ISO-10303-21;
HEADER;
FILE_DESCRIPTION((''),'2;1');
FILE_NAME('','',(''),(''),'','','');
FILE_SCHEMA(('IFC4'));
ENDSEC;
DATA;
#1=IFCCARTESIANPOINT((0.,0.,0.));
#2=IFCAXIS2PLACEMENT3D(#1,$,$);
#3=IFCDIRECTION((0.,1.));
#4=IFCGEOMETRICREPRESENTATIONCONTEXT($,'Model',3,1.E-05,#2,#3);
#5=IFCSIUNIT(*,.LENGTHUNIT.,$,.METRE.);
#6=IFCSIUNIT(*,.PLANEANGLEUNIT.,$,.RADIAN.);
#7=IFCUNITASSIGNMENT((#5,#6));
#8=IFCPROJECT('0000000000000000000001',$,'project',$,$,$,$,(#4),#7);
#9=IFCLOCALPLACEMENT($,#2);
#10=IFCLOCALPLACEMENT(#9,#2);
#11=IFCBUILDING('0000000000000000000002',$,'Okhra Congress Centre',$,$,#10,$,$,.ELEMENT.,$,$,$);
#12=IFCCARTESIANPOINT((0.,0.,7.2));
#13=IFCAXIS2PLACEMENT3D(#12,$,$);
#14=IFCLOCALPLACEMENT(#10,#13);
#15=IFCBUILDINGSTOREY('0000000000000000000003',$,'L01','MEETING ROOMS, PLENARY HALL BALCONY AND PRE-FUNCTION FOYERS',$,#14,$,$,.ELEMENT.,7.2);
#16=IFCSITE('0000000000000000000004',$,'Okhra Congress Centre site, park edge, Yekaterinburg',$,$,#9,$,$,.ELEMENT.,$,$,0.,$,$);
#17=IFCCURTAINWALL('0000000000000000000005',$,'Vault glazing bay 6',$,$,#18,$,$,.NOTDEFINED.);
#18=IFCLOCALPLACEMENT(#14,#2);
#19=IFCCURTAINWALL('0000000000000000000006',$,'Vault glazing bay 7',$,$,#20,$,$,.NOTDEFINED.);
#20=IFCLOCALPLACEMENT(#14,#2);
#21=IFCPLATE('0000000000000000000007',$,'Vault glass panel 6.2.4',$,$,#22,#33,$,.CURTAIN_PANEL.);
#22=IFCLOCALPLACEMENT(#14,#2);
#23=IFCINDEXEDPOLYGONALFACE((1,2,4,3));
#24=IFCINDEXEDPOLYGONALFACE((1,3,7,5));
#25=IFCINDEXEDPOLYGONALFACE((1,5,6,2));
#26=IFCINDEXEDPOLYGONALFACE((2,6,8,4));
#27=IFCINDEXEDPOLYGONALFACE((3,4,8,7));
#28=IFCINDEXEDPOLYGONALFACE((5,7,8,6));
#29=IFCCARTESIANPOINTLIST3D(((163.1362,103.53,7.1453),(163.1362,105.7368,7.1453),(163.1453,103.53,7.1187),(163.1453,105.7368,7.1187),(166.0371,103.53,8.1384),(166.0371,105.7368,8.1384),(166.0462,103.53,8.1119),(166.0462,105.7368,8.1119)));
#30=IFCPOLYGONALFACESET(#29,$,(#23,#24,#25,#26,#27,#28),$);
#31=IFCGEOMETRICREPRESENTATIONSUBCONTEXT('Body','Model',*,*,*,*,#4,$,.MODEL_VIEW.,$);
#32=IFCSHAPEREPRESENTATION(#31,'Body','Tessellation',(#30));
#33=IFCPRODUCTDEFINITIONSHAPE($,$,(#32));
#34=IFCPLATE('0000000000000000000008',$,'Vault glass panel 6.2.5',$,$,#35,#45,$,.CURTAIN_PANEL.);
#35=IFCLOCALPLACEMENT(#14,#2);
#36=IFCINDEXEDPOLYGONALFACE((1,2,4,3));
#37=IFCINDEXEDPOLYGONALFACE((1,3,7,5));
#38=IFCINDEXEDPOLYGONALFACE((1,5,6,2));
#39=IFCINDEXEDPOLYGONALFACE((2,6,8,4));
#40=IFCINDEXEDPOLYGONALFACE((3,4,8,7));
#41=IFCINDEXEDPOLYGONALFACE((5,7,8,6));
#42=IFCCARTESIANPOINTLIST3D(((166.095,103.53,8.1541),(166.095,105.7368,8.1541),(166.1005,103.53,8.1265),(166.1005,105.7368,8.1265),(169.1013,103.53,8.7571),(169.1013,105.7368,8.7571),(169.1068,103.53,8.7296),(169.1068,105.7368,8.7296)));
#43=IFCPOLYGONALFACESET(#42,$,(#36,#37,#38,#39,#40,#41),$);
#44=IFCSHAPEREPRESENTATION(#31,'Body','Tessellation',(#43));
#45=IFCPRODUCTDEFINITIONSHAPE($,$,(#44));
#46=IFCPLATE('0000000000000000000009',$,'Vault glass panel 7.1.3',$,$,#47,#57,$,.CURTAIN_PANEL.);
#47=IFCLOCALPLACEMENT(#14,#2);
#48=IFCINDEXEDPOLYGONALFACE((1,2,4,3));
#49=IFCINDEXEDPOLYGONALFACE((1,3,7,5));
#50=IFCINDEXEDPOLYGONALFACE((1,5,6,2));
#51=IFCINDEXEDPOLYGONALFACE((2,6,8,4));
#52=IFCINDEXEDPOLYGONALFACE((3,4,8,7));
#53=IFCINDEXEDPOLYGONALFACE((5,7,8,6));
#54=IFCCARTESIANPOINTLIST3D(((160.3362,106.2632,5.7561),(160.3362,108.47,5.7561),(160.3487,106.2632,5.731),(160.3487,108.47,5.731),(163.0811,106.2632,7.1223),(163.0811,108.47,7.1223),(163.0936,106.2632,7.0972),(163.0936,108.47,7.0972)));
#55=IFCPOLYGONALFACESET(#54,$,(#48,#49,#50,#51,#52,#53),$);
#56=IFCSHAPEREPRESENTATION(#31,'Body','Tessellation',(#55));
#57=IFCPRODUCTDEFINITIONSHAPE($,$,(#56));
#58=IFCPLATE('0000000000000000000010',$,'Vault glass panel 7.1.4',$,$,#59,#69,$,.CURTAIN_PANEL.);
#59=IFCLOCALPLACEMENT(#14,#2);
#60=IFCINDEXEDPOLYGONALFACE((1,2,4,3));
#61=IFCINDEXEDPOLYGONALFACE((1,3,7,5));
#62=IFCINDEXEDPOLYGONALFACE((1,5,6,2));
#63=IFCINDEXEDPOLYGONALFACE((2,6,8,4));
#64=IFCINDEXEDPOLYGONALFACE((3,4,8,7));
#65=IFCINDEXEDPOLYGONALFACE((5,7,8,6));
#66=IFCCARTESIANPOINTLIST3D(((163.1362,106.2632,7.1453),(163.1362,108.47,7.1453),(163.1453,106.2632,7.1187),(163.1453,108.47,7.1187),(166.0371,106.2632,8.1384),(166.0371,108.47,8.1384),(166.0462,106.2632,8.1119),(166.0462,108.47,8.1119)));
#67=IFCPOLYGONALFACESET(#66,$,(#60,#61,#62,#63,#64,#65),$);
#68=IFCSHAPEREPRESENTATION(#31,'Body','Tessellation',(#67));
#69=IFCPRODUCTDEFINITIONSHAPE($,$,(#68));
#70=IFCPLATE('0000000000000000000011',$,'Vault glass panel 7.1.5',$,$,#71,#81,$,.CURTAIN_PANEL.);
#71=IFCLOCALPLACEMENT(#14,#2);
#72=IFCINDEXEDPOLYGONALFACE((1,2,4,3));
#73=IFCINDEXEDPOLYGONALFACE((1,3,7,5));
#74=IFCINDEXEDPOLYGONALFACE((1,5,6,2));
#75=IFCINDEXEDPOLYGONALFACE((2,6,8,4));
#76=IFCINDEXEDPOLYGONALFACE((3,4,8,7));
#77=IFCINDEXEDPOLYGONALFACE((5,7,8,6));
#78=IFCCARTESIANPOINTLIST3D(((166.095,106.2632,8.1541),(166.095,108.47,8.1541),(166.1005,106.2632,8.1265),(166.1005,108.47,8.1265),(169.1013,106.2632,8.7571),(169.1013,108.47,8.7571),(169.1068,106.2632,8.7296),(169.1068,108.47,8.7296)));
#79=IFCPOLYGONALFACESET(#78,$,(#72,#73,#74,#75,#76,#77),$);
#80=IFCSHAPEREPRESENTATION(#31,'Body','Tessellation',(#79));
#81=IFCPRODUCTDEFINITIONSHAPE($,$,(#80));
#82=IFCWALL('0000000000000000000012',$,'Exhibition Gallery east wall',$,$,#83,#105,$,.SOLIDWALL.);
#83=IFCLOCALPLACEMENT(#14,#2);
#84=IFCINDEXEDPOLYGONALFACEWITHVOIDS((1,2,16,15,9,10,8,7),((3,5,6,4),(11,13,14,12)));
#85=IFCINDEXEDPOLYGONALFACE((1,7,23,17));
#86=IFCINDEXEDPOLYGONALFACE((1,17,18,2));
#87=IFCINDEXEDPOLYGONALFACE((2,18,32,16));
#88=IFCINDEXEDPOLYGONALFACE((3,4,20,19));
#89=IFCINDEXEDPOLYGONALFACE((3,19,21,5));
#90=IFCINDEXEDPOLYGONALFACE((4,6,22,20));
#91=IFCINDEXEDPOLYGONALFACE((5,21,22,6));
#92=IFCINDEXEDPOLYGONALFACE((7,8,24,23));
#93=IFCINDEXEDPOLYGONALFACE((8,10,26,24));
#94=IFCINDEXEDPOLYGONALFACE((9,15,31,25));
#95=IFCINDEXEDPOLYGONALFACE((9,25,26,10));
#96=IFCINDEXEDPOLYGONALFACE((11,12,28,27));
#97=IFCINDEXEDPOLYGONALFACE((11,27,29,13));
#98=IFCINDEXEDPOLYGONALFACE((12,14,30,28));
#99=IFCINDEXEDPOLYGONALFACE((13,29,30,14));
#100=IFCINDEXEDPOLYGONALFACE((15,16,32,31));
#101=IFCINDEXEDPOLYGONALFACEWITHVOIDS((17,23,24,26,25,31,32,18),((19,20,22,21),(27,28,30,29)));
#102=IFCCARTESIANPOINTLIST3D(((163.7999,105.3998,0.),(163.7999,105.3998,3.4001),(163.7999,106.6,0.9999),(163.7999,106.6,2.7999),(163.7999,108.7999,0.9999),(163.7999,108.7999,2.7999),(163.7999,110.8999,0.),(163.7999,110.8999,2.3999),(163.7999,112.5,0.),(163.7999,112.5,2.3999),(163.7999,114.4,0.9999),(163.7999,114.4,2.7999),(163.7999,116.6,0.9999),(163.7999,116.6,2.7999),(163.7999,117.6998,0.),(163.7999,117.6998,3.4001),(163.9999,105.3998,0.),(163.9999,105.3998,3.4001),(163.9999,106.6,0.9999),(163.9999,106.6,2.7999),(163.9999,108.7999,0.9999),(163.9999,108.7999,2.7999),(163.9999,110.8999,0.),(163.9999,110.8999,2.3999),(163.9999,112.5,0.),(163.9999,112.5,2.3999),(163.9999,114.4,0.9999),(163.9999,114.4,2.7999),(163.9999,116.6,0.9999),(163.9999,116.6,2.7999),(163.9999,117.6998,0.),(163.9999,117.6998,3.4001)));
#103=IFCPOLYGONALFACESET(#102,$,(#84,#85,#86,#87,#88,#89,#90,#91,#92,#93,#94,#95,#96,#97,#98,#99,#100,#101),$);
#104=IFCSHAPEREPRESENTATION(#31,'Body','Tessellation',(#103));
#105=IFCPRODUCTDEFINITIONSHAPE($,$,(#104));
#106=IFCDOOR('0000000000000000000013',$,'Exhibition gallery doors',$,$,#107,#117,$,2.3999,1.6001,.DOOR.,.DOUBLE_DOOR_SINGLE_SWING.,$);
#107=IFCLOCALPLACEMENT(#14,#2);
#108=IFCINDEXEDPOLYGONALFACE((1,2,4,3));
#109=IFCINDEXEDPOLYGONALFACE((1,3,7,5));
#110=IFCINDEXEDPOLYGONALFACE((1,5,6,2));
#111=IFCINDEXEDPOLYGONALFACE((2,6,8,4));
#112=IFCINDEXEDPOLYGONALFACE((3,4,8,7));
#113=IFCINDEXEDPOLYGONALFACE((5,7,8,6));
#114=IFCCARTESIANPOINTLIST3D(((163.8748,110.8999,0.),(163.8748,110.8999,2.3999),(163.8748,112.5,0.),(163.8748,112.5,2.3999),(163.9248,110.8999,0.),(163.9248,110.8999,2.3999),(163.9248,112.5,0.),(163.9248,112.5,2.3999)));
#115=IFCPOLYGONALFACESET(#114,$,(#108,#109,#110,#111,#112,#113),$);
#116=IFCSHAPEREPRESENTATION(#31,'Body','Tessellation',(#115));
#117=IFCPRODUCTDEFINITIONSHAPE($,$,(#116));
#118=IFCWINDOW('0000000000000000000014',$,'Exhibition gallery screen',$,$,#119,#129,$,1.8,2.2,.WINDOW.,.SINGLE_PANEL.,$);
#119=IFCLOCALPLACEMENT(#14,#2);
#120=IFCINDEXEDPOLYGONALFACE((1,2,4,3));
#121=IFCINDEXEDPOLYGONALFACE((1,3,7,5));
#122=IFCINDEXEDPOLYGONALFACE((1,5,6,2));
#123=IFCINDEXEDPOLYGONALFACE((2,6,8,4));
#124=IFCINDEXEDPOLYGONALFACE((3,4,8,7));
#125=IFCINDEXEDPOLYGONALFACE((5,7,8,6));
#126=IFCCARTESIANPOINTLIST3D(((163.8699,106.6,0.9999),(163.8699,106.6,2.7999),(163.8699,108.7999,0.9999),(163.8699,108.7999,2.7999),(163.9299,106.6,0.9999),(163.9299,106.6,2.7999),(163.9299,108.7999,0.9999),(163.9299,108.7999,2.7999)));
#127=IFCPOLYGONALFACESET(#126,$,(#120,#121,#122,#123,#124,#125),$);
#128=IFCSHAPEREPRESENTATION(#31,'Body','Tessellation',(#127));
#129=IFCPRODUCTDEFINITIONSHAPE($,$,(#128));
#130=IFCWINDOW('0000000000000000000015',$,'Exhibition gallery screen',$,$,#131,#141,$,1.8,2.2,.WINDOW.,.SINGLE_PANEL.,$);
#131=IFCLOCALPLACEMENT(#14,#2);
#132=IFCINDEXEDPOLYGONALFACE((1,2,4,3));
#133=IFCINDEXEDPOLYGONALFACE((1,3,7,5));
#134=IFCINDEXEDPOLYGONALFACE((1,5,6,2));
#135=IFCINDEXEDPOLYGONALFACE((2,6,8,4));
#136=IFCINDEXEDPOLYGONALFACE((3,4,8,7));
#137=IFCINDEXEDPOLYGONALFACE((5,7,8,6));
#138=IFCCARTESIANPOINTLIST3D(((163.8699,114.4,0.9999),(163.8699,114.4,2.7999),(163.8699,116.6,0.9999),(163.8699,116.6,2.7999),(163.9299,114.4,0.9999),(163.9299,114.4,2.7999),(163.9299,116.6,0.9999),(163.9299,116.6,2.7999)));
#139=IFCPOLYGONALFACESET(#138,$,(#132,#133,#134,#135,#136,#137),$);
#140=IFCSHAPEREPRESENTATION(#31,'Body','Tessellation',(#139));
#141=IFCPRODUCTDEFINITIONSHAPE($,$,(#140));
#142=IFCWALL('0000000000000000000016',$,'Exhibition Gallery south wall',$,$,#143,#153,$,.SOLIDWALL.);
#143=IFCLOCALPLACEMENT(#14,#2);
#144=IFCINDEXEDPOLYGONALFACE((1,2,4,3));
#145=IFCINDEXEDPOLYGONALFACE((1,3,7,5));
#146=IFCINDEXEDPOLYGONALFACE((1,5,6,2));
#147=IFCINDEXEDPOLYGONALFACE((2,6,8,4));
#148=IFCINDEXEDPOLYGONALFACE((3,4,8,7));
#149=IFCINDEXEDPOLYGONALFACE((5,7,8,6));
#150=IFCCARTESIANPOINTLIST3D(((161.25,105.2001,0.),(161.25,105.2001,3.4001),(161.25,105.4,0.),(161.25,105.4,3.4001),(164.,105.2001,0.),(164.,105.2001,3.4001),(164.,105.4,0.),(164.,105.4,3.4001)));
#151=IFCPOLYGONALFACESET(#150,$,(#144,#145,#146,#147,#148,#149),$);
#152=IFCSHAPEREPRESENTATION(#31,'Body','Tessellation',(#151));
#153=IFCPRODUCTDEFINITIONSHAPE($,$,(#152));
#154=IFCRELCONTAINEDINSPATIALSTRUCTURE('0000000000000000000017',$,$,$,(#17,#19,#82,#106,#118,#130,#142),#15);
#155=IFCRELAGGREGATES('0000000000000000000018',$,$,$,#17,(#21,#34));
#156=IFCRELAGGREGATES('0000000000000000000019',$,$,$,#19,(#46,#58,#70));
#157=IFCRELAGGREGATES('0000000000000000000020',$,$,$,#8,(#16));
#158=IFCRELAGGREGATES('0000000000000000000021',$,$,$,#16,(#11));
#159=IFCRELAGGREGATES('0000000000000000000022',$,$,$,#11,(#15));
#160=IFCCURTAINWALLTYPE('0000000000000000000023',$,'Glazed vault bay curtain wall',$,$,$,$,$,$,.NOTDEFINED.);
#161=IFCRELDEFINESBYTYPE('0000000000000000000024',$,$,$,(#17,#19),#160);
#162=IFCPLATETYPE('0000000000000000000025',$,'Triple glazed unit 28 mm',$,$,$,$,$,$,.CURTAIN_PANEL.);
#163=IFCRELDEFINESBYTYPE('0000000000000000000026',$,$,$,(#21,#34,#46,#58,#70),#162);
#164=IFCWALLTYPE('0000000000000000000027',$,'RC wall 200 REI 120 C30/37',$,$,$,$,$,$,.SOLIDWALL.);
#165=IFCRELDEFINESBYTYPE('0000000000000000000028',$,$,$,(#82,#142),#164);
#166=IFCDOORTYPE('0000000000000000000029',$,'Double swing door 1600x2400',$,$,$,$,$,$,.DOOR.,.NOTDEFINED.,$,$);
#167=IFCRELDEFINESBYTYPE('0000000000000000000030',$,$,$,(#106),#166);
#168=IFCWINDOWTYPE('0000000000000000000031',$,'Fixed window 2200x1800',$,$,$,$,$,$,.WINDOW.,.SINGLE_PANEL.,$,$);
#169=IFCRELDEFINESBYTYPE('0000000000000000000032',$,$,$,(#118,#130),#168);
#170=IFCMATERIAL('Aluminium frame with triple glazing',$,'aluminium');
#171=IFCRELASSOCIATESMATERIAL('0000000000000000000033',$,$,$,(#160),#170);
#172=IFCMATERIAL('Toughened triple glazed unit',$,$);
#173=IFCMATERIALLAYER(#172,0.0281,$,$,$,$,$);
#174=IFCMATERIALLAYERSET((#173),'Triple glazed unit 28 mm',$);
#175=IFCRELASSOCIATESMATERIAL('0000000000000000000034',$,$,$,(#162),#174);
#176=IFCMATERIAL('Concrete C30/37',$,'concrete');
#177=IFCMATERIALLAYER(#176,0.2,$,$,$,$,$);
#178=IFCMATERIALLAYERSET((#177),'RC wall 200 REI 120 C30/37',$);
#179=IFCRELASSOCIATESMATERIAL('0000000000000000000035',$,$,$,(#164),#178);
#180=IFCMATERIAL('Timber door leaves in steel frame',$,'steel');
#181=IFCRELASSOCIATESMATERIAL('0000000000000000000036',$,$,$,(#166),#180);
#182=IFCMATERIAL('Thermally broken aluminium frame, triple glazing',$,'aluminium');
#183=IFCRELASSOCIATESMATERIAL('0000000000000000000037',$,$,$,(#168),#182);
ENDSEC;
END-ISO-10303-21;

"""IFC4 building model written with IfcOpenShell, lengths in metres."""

from ifc_helpers import new_model, si_unit, direction, frame, frame_2d, origin, place, context, subcontext, project, spatial, polyline, rectangle, outline, extrude, material, layer, layer_set, type_object, element, fill, aggregate, save


model = new_model("IFC4")

# Units and contexts
model_context = context("Model", 3, precision=1e-05, world=origin(), true_north=direction((0.0, 1.0)))
body_context = subcontext(model_context, "Body", "Model", "MODEL_VIEW")
ifc_project = project(units=[si_unit("LENGTHUNIT", "METRE"), si_unit("PLANEANGLEUNIT", "RADIAN")], contexts=[model_context])

# Site, building, storey
site_placement = place(None, origin())
site = spatial("IfcSite", under=ifc_project, at=site_placement, Name="Okhra Congress Centre site, park edge, Yekaterinburg", CompositionType="ELEMENT", RefElevation=0.0)
building_placement = place(site_placement, origin())
building = spatial("IfcBuilding", under=site, at=building_placement, Name="Okhra Congress Centre", CompositionType="ELEMENT")
storey_placement = place(building_placement, frame((0.0, 0.0, 7.2)))
storey = spatial("IfcBuildingStorey", under=building, at=storey_placement, Name="L01", Description="MEETING ROOMS, PLENARY HALL BALCONY AND PRE-FUNCTION FOYERS", CompositionType="ELEMENT", Elevation=7.2)

# Curtain walls
ifc_material_1 = material(Name="Aluminium frame with triple glazing", Category="aluminium")
curtain_wall_type = type_object("IfcCurtainWallType", Name="Glazed vault bay curtain wall", PredefinedType="NOTDEFINED", material=ifc_material_1)
curtain_wall_1_placement = place(storey_placement, origin())
curtain_wall_1 = element("IfcCurtainWall", 1, at=curtain_wall_1_placement, inside=storey, type_object=curtain_wall_type, Name="Vault glazing bay 6", PredefinedType="NOTDEFINED")
curtain_wall_2_placement = place(storey_placement, origin())
curtain_wall_2 = element("IfcCurtainWall", 2, at=curtain_wall_2_placement, inside=storey, type_object=curtain_wall_type, Name="Vault glazing bay 7", PredefinedType="NOTDEFINED")

# Plates
ifc_material_2 = material(Name="Toughened triple glazed unit")
ifc_layer_1 = layer(ifc_material_2, 0.0281)
ifc_layer_set_1 = layer_set([ifc_layer_1], Name="Triple glazed unit 28 mm")
plate_type = type_object("IfcPlateType", Name="Triple glazed unit 28 mm", PredefinedType="CURTAIN_PANEL", material=ifc_layer_set_1)
plate_1_placement = place(storey_placement, frame((163.1362, 103.53, 7.1453), z_axis=(-0.323909, 0.0, 0.946088), x_axis=(0.946088, 0.0, 0.323909)))
plate_1 = element("IfcPlate", 3, at=plate_1_placement, type_object=plate_type, Name="Vault glass panel 6.2.4", PredefinedType="CURTAIN_PANEL", context=body_context, shape_type="SweptSolid", body=[
    extrude(outline(polyline([(0.0, 0.0), (3.0662, 0.0), (3.0662, 2.2068), (0.0, 2.2068), (0.0, 0.0)])), origin(), (0.0, 0.0, -1.0), 0.0281),
])
plate_2_placement = place(storey_placement, frame((166.095, 103.53, 8.1541), z_axis=(-0.196667, 0.0, 0.98047), x_axis=(0.98047, 0.0, 0.196667)))
plate_2 = element("IfcPlate", 4, at=plate_2_placement, type_object=plate_type, Name="Vault glass panel 6.2.5", PredefinedType="CURTAIN_PANEL", context=body_context, shape_type="SweptSolid", body=[
    extrude(outline(polyline([(0.0, 0.0), (3.0662, 0.0), (3.0662, 2.2068), (0.0, 2.2068), (0.0, 0.0)])), origin(), (0.0, 0.0, -1.0), 0.0281),
])
aggregate(curtain_wall_1, [plate_1, plate_2])
plate_3_placement = place(storey_placement, frame((160.3362, 106.2632, 5.7561), z_axis=(-0.445588, 0.0, 0.895238), x_axis=(0.895238, 0.0, 0.445588)))
plate_3 = element("IfcPlate", 5, at=plate_3_placement, type_object=plate_type, Name="Vault glass panel 7.1.3", PredefinedType="CURTAIN_PANEL", context=body_context, shape_type="SweptSolid", body=[
    extrude(outline(polyline([(0.0, 0.0), (3.0661, 0.0), (3.0661, 2.2068), (0.0, 2.2068), (0.0, 0.0)])), origin(), (0.0, 0.0, -1.0), 0.0281),
])
plate_4_placement = place(storey_placement, frame((163.1362, 106.2632, 7.1453), z_axis=(-0.323909, 0.0, 0.946088), x_axis=(0.946088, 0.0, 0.323909)))
plate_4 = element("IfcPlate", 6, at=plate_4_placement, type_object=plate_type, Name="Vault glass panel 7.1.4", PredefinedType="CURTAIN_PANEL", context=body_context, shape_type="SweptSolid", body=[
    extrude(outline(polyline([(0.0, 0.0), (3.0662, 0.0), (3.0662, 2.2068), (0.0, 2.2068), (0.0, 0.0)])), origin(), (0.0, 0.0, -1.0), 0.0281),
])
plate_5_placement = place(storey_placement, frame((166.095, 106.2632, 8.1541), z_axis=(-0.196667, 0.0, 0.98047), x_axis=(0.98047, 0.0, 0.196667)))
plate_5 = element("IfcPlate", 7, at=plate_5_placement, type_object=plate_type, Name="Vault glass panel 7.1.5", PredefinedType="CURTAIN_PANEL", context=body_context, shape_type="SweptSolid", body=[
    extrude(outline(polyline([(0.0, 0.0), (3.0662, 0.0), (3.0662, 2.2068), (0.0, 2.2068), (0.0, 0.0)])), origin(), (0.0, 0.0, -1.0), 0.0281),
])
aggregate(curtain_wall_2, [plate_3, plate_4, plate_5])

# Wall, openings, door, windows
ifc_material_3 = material(Name="Concrete C30/37", Category="concrete")
ifc_layer_2 = layer(ifc_material_3, 0.2)
ifc_layer_set_2 = layer_set([ifc_layer_2], Name="RC wall 200 REI 120 C30/37")
wall_type = type_object("IfcWallType", Name="RC wall 200 REI 120 C30/37", PredefinedType="SOLIDWALL", material=ifc_layer_set_2)
wall_1_placement = place(storey_placement, frame((163.8999, 105.3999, 0.0), z_axis=(0.0, 0.0, 1.0), x_axis=(0.0, 1.0, 0.0)))
wall_1 = element("IfcWall", 8, at=wall_1_placement, inside=storey, type_object=wall_type, Name="Exhibition Gallery east wall", PredefinedType="SOLIDWALL", context=body_context, shape_type="SweptSolid", body=[
    extrude(rectangle(XDim=12.3, YDim=0.2, at=frame_2d((6.1499, 0.0))), origin(), (0.0, 0.0, 1.0), 3.4001),
])
opening_1_placement = place(wall_1_placement, frame((5.5, 0.0, 0.0)))
opening_1 = element("IfcOpeningElement", 9, at=opening_1_placement, cuts=wall_1, PredefinedType="OPENING", context=body_context, shape_type="SweptSolid", body=[
    extrude(rectangle(XDim=1.6001, YDim=2.3999, at=frame_2d((0.8, 1.2))), frame((0.0, 0.1099, 0.0), z_axis=(0.0, -1.0, 0.0), x_axis=(1.0, 0.0, 0.0)), (0.0, 0.0, 1.0), 0.22),
])
opening_2_placement = place(wall_1_placement, frame((1.2, 0.0, 1.0)))
opening_2 = element("IfcOpeningElement", 10, at=opening_2_placement, cuts=wall_1, PredefinedType="OPENING", context=body_context, shape_type="SweptSolid", body=[
    extrude(rectangle(XDim=2.2, YDim=1.8, at=frame_2d((1.1001, 0.8999))), frame((0.0, 0.1099, 0.0), z_axis=(0.0, -1.0, 0.0), x_axis=(1.0, 0.0, 0.0)), (0.0, 0.0, 1.0), 0.22),
])
opening_3_placement = place(wall_1_placement, frame((9.0, 0.0, 1.0)))
opening_3 = element("IfcOpeningElement", 11, at=opening_3_placement, cuts=wall_1, PredefinedType="OPENING", context=body_context, shape_type="SweptSolid", body=[
    extrude(rectangle(XDim=2.2, YDim=1.8, at=frame_2d((1.1001, 0.8999))), frame((0.0, 0.1099, 0.0), z_axis=(0.0, -1.0, 0.0), x_axis=(1.0, 0.0, 0.0)), (0.0, 0.0, 1.0), 0.22),
])
ifc_material_4 = material(Name="Timber door leaves in steel frame", Category="steel")
door_type = type_object("IfcDoorType", Name="Double swing door 1600x2400", OperationType="NOTDEFINED", PredefinedType="DOOR", material=ifc_material_4)
door_placement = place(opening_1_placement, frame((1.6001, 0.0, 0.0), z_axis=(0.0, 0.0, 1.0), x_axis=(-1.0, 0.0, 0.0)))
door = element("IfcDoor", 12, at=door_placement, inside=storey, type_object=door_type, Name="Exhibition gallery doors", OperationType="DOUBLE_DOOR_SINGLE_SWING", OverallHeight=2.3999, OverallWidth=1.6001, PredefinedType="DOOR", context=body_context, shape_type="SweptSolid", body=[
    extrude(rectangle(XDim=1.6001, YDim=2.3999, at=frame_2d((0.8, 1.2))), frame((0.0, 0.0249, 0.0), z_axis=(0.0, -1.0, 0.0), x_axis=(1.0, 0.0, 0.0)), (0.0, 0.0, 1.0), 0.05),
])
fill(opening_1, door)
ifc_material_5 = material(Name="Thermally broken aluminium frame, triple glazing", Category="aluminium")
window_type = type_object("IfcWindowType", Name="Fixed window 2200x1800", PartitioningType="SINGLE_PANEL", PredefinedType="WINDOW", material=ifc_material_5)
window_1_placement = place(opening_2_placement, origin())
window_1 = element("IfcWindow", 13, at=window_1_placement, inside=storey, type_object=window_type, Name="Exhibition gallery screen", OverallHeight=1.8, OverallWidth=2.2, PartitioningType="SINGLE_PANEL", PredefinedType="WINDOW", context=body_context, shape_type="SweptSolid", body=[
    extrude(rectangle(XDim=2.2, YDim=1.8, at=frame_2d((1.1001, 0.8999))), frame((0.0, 0.03, 0.0), z_axis=(0.0, -1.0, 0.0), x_axis=(1.0, 0.0, 0.0)), (0.0, 0.0, 1.0), 0.0601),
])
fill(opening_2, window_1)
window_2_placement = place(opening_3_placement, origin())
window_2 = element("IfcWindow", 14, at=window_2_placement, inside=storey, type_object=window_type, Name="Exhibition gallery screen", OverallHeight=1.8, OverallWidth=2.2, PartitioningType="SINGLE_PANEL", PredefinedType="WINDOW", context=body_context, shape_type="SweptSolid", body=[
    extrude(rectangle(XDim=2.2, YDim=1.8, at=frame_2d((1.1001, 0.8999))), frame((0.0, 0.03, 0.0), z_axis=(0.0, -1.0, 0.0), x_axis=(1.0, 0.0, 0.0)), (0.0, 0.0, 1.0), 0.0601),
])
fill(opening_3, window_2)

# Wall
wall_2_placement = place(storey_placement, frame((161.25, 105.3, 0.0), z_axis=(0.0, 0.0, 1.0), x_axis=(1.0, 0.0, 0.0)))
element("IfcWall", 15, at=wall_2_placement, inside=storey, type_object=wall_type, Name="Exhibition Gallery south wall", PredefinedType="SOLIDWALL", context=body_context, shape_type="SweptSolid", body=[
    extrude(rectangle(XDim=2.75, YDim=0.2, at=frame_2d((1.375, 0.0))), origin(), (0.0, 0.0, 1.0), 3.4001),
])

save(model, "model.ifc")
